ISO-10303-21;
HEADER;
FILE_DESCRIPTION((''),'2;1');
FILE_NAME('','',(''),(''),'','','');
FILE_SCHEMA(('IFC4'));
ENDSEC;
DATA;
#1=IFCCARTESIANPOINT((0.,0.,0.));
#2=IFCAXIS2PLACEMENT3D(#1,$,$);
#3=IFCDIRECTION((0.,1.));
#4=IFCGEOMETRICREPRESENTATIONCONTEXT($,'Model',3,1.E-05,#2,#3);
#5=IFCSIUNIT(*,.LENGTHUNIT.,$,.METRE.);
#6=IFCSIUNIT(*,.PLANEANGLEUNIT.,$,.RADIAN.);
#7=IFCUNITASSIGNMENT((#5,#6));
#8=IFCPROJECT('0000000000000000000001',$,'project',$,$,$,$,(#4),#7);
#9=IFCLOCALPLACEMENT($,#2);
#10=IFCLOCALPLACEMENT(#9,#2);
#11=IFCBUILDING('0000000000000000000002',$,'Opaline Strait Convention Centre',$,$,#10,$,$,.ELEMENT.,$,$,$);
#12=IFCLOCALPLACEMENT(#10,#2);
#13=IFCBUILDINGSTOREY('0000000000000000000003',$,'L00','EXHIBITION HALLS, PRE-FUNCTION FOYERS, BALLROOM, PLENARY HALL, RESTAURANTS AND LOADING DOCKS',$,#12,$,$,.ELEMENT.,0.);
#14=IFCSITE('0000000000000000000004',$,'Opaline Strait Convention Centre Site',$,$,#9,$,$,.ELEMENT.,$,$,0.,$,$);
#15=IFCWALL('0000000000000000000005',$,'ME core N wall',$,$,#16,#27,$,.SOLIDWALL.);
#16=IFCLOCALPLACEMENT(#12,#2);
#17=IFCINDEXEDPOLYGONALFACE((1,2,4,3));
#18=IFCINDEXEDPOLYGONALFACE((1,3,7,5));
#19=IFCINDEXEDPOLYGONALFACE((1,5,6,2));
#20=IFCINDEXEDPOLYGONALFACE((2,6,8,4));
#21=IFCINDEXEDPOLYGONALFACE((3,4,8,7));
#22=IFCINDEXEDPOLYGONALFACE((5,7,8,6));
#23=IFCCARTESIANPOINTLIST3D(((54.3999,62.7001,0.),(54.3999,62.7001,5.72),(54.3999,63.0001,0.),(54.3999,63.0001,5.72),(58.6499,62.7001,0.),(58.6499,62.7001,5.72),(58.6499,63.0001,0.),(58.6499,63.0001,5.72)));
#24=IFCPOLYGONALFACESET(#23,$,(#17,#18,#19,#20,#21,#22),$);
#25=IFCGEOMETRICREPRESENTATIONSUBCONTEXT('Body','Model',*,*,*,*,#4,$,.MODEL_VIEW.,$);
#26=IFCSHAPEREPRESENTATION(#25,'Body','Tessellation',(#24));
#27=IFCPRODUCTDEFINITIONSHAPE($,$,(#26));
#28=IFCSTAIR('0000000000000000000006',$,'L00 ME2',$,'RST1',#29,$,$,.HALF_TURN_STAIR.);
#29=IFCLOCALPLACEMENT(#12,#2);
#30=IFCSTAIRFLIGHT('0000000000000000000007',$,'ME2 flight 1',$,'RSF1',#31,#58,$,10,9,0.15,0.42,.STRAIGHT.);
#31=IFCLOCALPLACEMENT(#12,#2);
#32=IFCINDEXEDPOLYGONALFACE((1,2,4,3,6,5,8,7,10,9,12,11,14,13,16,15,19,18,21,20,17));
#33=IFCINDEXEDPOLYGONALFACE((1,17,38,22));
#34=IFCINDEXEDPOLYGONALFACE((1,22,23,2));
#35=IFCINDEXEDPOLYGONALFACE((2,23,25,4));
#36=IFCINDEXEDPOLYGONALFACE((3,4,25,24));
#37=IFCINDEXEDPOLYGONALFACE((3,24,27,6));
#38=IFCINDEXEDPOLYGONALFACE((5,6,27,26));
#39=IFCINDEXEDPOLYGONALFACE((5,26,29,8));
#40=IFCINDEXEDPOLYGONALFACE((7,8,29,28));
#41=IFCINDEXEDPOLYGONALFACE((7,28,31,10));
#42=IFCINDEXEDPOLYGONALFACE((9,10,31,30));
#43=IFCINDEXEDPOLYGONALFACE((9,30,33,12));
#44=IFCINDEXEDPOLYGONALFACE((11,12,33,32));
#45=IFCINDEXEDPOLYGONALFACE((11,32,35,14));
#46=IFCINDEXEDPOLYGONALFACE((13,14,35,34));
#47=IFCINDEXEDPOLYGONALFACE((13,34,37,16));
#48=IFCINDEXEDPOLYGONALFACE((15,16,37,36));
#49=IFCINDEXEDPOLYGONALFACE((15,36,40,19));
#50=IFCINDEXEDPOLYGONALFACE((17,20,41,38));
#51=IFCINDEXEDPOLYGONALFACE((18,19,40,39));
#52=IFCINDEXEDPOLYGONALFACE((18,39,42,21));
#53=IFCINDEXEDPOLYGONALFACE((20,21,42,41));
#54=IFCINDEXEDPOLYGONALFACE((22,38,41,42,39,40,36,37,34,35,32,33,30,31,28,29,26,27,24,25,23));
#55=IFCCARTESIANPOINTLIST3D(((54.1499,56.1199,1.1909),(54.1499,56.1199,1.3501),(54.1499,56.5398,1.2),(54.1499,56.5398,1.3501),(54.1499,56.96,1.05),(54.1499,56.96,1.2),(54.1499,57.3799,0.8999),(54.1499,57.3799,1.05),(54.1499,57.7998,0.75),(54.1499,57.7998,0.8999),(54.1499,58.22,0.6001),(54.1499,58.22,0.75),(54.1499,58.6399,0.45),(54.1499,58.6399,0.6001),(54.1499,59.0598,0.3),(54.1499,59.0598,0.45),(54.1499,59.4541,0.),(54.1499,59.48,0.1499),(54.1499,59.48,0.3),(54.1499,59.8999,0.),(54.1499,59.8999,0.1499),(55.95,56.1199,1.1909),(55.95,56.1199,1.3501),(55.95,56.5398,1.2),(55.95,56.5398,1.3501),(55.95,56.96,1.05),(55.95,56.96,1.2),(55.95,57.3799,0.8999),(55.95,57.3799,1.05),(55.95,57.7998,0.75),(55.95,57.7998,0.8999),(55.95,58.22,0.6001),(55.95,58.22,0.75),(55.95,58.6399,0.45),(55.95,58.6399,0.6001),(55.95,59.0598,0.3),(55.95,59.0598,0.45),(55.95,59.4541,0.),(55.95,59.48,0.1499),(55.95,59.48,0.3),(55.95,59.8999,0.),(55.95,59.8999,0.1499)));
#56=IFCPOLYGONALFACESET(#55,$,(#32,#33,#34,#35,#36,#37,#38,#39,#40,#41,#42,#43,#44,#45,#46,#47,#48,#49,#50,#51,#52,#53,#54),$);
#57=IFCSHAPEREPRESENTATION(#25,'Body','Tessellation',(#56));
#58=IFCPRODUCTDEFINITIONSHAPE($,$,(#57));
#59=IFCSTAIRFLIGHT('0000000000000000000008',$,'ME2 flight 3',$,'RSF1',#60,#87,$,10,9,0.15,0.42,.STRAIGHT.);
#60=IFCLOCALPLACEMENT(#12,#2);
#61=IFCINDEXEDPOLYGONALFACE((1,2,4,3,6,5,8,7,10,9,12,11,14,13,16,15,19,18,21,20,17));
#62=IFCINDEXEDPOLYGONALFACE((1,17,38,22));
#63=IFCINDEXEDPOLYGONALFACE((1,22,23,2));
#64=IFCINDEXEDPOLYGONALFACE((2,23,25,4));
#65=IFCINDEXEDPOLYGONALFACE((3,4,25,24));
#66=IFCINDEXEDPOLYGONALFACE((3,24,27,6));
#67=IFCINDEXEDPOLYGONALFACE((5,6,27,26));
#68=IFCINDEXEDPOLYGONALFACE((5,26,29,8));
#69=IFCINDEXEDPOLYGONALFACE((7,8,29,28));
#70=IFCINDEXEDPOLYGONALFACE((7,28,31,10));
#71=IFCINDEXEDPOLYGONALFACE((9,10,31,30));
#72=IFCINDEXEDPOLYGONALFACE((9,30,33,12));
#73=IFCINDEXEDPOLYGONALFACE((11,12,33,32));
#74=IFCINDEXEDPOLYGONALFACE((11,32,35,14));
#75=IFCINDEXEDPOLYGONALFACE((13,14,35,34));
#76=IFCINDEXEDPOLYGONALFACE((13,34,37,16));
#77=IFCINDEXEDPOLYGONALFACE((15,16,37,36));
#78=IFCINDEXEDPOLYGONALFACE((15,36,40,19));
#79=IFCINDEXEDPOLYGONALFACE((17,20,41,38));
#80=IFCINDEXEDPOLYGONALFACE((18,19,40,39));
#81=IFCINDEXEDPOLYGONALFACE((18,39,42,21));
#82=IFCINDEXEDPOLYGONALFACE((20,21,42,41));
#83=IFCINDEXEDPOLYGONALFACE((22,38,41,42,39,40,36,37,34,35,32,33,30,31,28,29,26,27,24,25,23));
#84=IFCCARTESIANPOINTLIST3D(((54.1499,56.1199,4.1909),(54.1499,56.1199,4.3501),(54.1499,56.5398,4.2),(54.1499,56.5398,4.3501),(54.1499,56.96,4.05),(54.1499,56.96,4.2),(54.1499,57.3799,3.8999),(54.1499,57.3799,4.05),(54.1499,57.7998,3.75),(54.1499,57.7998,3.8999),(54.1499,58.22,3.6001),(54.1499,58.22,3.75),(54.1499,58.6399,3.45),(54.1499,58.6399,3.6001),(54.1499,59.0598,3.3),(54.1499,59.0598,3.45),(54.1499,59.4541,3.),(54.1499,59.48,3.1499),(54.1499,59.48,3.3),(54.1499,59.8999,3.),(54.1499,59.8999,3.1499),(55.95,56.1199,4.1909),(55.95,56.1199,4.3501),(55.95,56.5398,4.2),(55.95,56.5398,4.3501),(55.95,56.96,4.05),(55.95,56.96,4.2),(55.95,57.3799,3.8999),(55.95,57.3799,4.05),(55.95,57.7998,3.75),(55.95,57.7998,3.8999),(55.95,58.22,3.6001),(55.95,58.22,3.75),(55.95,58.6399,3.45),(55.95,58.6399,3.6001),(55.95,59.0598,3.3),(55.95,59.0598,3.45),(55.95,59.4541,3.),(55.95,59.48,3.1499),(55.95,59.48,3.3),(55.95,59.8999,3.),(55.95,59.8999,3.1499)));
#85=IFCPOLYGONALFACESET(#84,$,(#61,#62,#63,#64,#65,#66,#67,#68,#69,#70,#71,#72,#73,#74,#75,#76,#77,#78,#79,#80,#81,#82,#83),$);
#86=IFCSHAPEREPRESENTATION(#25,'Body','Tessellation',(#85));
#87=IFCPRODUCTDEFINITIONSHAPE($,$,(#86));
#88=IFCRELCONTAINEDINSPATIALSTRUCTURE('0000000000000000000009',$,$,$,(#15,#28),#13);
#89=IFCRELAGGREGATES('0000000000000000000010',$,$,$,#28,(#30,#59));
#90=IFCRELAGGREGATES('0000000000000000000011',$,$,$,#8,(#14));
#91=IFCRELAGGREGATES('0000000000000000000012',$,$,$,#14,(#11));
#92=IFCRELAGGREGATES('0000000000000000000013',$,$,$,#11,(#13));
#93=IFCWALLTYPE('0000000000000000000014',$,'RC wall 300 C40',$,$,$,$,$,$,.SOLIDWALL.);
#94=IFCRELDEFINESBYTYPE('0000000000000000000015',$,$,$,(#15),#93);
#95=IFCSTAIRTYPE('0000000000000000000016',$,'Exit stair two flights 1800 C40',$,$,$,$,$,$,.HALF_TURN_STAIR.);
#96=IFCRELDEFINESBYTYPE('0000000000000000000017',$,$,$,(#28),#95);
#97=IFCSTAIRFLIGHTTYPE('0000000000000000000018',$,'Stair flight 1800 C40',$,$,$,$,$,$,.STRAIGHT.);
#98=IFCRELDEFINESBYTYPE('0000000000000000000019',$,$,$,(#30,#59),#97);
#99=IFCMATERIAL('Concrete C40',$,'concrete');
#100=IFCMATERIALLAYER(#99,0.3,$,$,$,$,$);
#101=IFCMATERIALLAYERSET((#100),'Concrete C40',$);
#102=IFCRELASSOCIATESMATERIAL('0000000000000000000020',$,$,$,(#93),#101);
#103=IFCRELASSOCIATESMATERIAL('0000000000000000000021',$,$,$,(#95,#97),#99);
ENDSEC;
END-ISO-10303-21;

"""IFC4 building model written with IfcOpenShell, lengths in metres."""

from ifc_helpers import new_model, si_unit, direction, frame, frame_2d, origin, place, context, subcontext, project, spatial, polyline, rectangle, outline, extrude, material, layer, layer_set, type_object, element, aggregate, save


model = new_model("IFC4")

# Units and contexts
model_context = context("Model", 3, precision=1e-05, world=origin(), true_north=direction((0.0, 1.0)))
body_context = subcontext(model_context, "Body", "Model", "MODEL_VIEW")
ifc_project = project(units=[si_unit("LENGTHUNIT", "METRE"), si_unit("PLANEANGLEUNIT", "RADIAN")], contexts=[model_context])

# Site, building, storey
site_placement = place(None, origin())
site = spatial("IfcSite", under=ifc_project, at=site_placement, Name="Opaline Strait Convention Centre Site", CompositionType="ELEMENT", RefElevation=0.0)
building_placement = place(site_placement, origin())
building = spatial("IfcBuilding", under=site, at=building_placement, Name="Opaline Strait Convention Centre", CompositionType="ELEMENT")
storey_placement = place(building_placement, origin())
storey = spatial("IfcBuildingStorey", under=building, at=storey_placement, Name="L00", Description="EXHIBITION HALLS, PRE-FUNCTION FOYERS, BALLROOM, PLENARY HALL, RESTAURANTS AND LOADING DOCKS", CompositionType="ELEMENT", Elevation=0.0)

# Shared definitions
ifc_material_1 = material(Name="Concrete C40", Category="concrete")

# Shared definitions
ifc_layer_1 = layer(ifc_material_1, 0.3)
ifc_layer_set_1 = layer_set([ifc_layer_1], Name="Concrete C40")
wall_type = type_object("IfcWallType", Name="RC wall 300 C40", PredefinedType="SOLIDWALL", material=ifc_layer_set_1)

# Wall
for number, where, z_axis, x_axis, name in (
    (1, (54.3999, 62.8501, 0.0), (0.0, 0.0, 1.0), (1.0, 0.0, 0.0), "ME core N wall"),
):
    element("IfcWall", number, at=place(storey_placement, frame(where, z_axis=z_axis, x_axis=x_axis)), inside=storey, type_object=wall_type, Name=name, PredefinedType="SOLIDWALL", context=body_context, shape_type="SweptSolid", body=[
        extrude(rectangle(XDim=4.25, YDim=0.3, at=frame_2d((2.125, 0.0))), origin(), (0.0, 0.0, 1.0), 5.72),
    ])

# Stair, stair flights
stair_type = type_object("IfcStairType", Name="Exit stair two flights 1800 C40", PredefinedType="HALF_TURN_STAIR", material=ifc_material_1)
stair_placement = place(storey_placement, origin())
stair = element("IfcStair", 2, at=stair_placement, inside=storey, type_object=stair_type, Name="L00 ME2", ObjectType="RST1", PredefinedType="HALF_TURN_STAIR")
stair_flight_type = type_object("IfcStairFlightType", Name="Stair flight 1800 C40", PredefinedType="STRAIGHT", material=ifc_material_1)
stair_flight_1_placement = place(storey_placement, frame((55.05, 59.8999, 0.0), z_axis=(0.0, 0.0, 1.0), x_axis=(0.0, -1.0, 0.0)))
stair_flight_1 = element("IfcStairFlight", 3, at=stair_flight_1_placement, type_object=stair_flight_type, Name="ME2 flight 1", ObjectType="RSF1", NumberOfRisers=10, NumberOfTreads=9, PredefinedType="STRAIGHT", RiserHeight=0.15, TreadLength=0.42, context=body_context, shape_type="SweptSolid", body=[
    extrude(outline(polyline([(0.0, 0.0), (0.0, 0.1499), (0.4199, 0.1499), (0.4199, 0.3), (0.8401, 0.3), (0.8401, 0.45), (1.26, 0.45), (1.26, 0.6001), (1.6799, 0.6001), (1.6799, 0.75), (2.1001, 0.75), (2.1001, 0.8999), (2.52, 0.8999), (2.52, 1.05), (2.9399, 1.05), (2.9399, 1.2), (3.3601, 1.2), (3.3601, 1.3501), (3.78, 1.3501), (3.78, 1.5), (3.78, 1.1909), (0.4458, 0.0), (0.0, 0.0)])), frame((0.0, 0.8999, 0.0), z_axis=(0.0, -1.0, 0.0), x_axis=(1.0, 0.0, 0.0)), (0.0, 0.0, 1.0), 1.8),
])
stair_flight_2_placement = place(storey_placement, frame((55.05, 59.8999, 3.0), z_axis=(0.0, 0.0, 1.0), x_axis=(0.0, -1.0, 0.0)))
stair_flight_2 = element("IfcStairFlight", 4, at=stair_flight_2_placement, type_object=stair_flight_type, Name="ME2 flight 3", ObjectType="RSF1", NumberOfRisers=10, NumberOfTreads=9, PredefinedType="STRAIGHT", RiserHeight=0.15, TreadLength=0.42, context=body_context, shape_type="SweptSolid", body=[
    extrude(outline(polyline([(0.0, 0.0), (0.0, 0.1499), (0.4199, 0.1499), (0.4199, 0.3), (0.8401, 0.3), (0.8401, 0.45), (1.26, 0.45), (1.26, 0.6001), (1.6799, 0.6001), (1.6799, 0.75), (2.1001, 0.75), (2.1001, 0.8999), (2.52, 0.8999), (2.52, 1.05), (2.9399, 1.05), (2.9399, 1.2), (3.3601, 1.2), (3.3601, 1.3501), (3.78, 1.3501), (3.78, 1.5), (3.78, 1.1909), (0.4458, 0.0), (0.0, 0.0)])), frame((0.0, 0.8999, 0.0), z_axis=(0.0, -1.0, 0.0), x_axis=(1.0, 0.0, 0.0)), (0.0, 0.0, 1.0), 1.8),
])
aggregate(stair, [stair_flight_1, stair_flight_2])

save(model, "model.ifc")
